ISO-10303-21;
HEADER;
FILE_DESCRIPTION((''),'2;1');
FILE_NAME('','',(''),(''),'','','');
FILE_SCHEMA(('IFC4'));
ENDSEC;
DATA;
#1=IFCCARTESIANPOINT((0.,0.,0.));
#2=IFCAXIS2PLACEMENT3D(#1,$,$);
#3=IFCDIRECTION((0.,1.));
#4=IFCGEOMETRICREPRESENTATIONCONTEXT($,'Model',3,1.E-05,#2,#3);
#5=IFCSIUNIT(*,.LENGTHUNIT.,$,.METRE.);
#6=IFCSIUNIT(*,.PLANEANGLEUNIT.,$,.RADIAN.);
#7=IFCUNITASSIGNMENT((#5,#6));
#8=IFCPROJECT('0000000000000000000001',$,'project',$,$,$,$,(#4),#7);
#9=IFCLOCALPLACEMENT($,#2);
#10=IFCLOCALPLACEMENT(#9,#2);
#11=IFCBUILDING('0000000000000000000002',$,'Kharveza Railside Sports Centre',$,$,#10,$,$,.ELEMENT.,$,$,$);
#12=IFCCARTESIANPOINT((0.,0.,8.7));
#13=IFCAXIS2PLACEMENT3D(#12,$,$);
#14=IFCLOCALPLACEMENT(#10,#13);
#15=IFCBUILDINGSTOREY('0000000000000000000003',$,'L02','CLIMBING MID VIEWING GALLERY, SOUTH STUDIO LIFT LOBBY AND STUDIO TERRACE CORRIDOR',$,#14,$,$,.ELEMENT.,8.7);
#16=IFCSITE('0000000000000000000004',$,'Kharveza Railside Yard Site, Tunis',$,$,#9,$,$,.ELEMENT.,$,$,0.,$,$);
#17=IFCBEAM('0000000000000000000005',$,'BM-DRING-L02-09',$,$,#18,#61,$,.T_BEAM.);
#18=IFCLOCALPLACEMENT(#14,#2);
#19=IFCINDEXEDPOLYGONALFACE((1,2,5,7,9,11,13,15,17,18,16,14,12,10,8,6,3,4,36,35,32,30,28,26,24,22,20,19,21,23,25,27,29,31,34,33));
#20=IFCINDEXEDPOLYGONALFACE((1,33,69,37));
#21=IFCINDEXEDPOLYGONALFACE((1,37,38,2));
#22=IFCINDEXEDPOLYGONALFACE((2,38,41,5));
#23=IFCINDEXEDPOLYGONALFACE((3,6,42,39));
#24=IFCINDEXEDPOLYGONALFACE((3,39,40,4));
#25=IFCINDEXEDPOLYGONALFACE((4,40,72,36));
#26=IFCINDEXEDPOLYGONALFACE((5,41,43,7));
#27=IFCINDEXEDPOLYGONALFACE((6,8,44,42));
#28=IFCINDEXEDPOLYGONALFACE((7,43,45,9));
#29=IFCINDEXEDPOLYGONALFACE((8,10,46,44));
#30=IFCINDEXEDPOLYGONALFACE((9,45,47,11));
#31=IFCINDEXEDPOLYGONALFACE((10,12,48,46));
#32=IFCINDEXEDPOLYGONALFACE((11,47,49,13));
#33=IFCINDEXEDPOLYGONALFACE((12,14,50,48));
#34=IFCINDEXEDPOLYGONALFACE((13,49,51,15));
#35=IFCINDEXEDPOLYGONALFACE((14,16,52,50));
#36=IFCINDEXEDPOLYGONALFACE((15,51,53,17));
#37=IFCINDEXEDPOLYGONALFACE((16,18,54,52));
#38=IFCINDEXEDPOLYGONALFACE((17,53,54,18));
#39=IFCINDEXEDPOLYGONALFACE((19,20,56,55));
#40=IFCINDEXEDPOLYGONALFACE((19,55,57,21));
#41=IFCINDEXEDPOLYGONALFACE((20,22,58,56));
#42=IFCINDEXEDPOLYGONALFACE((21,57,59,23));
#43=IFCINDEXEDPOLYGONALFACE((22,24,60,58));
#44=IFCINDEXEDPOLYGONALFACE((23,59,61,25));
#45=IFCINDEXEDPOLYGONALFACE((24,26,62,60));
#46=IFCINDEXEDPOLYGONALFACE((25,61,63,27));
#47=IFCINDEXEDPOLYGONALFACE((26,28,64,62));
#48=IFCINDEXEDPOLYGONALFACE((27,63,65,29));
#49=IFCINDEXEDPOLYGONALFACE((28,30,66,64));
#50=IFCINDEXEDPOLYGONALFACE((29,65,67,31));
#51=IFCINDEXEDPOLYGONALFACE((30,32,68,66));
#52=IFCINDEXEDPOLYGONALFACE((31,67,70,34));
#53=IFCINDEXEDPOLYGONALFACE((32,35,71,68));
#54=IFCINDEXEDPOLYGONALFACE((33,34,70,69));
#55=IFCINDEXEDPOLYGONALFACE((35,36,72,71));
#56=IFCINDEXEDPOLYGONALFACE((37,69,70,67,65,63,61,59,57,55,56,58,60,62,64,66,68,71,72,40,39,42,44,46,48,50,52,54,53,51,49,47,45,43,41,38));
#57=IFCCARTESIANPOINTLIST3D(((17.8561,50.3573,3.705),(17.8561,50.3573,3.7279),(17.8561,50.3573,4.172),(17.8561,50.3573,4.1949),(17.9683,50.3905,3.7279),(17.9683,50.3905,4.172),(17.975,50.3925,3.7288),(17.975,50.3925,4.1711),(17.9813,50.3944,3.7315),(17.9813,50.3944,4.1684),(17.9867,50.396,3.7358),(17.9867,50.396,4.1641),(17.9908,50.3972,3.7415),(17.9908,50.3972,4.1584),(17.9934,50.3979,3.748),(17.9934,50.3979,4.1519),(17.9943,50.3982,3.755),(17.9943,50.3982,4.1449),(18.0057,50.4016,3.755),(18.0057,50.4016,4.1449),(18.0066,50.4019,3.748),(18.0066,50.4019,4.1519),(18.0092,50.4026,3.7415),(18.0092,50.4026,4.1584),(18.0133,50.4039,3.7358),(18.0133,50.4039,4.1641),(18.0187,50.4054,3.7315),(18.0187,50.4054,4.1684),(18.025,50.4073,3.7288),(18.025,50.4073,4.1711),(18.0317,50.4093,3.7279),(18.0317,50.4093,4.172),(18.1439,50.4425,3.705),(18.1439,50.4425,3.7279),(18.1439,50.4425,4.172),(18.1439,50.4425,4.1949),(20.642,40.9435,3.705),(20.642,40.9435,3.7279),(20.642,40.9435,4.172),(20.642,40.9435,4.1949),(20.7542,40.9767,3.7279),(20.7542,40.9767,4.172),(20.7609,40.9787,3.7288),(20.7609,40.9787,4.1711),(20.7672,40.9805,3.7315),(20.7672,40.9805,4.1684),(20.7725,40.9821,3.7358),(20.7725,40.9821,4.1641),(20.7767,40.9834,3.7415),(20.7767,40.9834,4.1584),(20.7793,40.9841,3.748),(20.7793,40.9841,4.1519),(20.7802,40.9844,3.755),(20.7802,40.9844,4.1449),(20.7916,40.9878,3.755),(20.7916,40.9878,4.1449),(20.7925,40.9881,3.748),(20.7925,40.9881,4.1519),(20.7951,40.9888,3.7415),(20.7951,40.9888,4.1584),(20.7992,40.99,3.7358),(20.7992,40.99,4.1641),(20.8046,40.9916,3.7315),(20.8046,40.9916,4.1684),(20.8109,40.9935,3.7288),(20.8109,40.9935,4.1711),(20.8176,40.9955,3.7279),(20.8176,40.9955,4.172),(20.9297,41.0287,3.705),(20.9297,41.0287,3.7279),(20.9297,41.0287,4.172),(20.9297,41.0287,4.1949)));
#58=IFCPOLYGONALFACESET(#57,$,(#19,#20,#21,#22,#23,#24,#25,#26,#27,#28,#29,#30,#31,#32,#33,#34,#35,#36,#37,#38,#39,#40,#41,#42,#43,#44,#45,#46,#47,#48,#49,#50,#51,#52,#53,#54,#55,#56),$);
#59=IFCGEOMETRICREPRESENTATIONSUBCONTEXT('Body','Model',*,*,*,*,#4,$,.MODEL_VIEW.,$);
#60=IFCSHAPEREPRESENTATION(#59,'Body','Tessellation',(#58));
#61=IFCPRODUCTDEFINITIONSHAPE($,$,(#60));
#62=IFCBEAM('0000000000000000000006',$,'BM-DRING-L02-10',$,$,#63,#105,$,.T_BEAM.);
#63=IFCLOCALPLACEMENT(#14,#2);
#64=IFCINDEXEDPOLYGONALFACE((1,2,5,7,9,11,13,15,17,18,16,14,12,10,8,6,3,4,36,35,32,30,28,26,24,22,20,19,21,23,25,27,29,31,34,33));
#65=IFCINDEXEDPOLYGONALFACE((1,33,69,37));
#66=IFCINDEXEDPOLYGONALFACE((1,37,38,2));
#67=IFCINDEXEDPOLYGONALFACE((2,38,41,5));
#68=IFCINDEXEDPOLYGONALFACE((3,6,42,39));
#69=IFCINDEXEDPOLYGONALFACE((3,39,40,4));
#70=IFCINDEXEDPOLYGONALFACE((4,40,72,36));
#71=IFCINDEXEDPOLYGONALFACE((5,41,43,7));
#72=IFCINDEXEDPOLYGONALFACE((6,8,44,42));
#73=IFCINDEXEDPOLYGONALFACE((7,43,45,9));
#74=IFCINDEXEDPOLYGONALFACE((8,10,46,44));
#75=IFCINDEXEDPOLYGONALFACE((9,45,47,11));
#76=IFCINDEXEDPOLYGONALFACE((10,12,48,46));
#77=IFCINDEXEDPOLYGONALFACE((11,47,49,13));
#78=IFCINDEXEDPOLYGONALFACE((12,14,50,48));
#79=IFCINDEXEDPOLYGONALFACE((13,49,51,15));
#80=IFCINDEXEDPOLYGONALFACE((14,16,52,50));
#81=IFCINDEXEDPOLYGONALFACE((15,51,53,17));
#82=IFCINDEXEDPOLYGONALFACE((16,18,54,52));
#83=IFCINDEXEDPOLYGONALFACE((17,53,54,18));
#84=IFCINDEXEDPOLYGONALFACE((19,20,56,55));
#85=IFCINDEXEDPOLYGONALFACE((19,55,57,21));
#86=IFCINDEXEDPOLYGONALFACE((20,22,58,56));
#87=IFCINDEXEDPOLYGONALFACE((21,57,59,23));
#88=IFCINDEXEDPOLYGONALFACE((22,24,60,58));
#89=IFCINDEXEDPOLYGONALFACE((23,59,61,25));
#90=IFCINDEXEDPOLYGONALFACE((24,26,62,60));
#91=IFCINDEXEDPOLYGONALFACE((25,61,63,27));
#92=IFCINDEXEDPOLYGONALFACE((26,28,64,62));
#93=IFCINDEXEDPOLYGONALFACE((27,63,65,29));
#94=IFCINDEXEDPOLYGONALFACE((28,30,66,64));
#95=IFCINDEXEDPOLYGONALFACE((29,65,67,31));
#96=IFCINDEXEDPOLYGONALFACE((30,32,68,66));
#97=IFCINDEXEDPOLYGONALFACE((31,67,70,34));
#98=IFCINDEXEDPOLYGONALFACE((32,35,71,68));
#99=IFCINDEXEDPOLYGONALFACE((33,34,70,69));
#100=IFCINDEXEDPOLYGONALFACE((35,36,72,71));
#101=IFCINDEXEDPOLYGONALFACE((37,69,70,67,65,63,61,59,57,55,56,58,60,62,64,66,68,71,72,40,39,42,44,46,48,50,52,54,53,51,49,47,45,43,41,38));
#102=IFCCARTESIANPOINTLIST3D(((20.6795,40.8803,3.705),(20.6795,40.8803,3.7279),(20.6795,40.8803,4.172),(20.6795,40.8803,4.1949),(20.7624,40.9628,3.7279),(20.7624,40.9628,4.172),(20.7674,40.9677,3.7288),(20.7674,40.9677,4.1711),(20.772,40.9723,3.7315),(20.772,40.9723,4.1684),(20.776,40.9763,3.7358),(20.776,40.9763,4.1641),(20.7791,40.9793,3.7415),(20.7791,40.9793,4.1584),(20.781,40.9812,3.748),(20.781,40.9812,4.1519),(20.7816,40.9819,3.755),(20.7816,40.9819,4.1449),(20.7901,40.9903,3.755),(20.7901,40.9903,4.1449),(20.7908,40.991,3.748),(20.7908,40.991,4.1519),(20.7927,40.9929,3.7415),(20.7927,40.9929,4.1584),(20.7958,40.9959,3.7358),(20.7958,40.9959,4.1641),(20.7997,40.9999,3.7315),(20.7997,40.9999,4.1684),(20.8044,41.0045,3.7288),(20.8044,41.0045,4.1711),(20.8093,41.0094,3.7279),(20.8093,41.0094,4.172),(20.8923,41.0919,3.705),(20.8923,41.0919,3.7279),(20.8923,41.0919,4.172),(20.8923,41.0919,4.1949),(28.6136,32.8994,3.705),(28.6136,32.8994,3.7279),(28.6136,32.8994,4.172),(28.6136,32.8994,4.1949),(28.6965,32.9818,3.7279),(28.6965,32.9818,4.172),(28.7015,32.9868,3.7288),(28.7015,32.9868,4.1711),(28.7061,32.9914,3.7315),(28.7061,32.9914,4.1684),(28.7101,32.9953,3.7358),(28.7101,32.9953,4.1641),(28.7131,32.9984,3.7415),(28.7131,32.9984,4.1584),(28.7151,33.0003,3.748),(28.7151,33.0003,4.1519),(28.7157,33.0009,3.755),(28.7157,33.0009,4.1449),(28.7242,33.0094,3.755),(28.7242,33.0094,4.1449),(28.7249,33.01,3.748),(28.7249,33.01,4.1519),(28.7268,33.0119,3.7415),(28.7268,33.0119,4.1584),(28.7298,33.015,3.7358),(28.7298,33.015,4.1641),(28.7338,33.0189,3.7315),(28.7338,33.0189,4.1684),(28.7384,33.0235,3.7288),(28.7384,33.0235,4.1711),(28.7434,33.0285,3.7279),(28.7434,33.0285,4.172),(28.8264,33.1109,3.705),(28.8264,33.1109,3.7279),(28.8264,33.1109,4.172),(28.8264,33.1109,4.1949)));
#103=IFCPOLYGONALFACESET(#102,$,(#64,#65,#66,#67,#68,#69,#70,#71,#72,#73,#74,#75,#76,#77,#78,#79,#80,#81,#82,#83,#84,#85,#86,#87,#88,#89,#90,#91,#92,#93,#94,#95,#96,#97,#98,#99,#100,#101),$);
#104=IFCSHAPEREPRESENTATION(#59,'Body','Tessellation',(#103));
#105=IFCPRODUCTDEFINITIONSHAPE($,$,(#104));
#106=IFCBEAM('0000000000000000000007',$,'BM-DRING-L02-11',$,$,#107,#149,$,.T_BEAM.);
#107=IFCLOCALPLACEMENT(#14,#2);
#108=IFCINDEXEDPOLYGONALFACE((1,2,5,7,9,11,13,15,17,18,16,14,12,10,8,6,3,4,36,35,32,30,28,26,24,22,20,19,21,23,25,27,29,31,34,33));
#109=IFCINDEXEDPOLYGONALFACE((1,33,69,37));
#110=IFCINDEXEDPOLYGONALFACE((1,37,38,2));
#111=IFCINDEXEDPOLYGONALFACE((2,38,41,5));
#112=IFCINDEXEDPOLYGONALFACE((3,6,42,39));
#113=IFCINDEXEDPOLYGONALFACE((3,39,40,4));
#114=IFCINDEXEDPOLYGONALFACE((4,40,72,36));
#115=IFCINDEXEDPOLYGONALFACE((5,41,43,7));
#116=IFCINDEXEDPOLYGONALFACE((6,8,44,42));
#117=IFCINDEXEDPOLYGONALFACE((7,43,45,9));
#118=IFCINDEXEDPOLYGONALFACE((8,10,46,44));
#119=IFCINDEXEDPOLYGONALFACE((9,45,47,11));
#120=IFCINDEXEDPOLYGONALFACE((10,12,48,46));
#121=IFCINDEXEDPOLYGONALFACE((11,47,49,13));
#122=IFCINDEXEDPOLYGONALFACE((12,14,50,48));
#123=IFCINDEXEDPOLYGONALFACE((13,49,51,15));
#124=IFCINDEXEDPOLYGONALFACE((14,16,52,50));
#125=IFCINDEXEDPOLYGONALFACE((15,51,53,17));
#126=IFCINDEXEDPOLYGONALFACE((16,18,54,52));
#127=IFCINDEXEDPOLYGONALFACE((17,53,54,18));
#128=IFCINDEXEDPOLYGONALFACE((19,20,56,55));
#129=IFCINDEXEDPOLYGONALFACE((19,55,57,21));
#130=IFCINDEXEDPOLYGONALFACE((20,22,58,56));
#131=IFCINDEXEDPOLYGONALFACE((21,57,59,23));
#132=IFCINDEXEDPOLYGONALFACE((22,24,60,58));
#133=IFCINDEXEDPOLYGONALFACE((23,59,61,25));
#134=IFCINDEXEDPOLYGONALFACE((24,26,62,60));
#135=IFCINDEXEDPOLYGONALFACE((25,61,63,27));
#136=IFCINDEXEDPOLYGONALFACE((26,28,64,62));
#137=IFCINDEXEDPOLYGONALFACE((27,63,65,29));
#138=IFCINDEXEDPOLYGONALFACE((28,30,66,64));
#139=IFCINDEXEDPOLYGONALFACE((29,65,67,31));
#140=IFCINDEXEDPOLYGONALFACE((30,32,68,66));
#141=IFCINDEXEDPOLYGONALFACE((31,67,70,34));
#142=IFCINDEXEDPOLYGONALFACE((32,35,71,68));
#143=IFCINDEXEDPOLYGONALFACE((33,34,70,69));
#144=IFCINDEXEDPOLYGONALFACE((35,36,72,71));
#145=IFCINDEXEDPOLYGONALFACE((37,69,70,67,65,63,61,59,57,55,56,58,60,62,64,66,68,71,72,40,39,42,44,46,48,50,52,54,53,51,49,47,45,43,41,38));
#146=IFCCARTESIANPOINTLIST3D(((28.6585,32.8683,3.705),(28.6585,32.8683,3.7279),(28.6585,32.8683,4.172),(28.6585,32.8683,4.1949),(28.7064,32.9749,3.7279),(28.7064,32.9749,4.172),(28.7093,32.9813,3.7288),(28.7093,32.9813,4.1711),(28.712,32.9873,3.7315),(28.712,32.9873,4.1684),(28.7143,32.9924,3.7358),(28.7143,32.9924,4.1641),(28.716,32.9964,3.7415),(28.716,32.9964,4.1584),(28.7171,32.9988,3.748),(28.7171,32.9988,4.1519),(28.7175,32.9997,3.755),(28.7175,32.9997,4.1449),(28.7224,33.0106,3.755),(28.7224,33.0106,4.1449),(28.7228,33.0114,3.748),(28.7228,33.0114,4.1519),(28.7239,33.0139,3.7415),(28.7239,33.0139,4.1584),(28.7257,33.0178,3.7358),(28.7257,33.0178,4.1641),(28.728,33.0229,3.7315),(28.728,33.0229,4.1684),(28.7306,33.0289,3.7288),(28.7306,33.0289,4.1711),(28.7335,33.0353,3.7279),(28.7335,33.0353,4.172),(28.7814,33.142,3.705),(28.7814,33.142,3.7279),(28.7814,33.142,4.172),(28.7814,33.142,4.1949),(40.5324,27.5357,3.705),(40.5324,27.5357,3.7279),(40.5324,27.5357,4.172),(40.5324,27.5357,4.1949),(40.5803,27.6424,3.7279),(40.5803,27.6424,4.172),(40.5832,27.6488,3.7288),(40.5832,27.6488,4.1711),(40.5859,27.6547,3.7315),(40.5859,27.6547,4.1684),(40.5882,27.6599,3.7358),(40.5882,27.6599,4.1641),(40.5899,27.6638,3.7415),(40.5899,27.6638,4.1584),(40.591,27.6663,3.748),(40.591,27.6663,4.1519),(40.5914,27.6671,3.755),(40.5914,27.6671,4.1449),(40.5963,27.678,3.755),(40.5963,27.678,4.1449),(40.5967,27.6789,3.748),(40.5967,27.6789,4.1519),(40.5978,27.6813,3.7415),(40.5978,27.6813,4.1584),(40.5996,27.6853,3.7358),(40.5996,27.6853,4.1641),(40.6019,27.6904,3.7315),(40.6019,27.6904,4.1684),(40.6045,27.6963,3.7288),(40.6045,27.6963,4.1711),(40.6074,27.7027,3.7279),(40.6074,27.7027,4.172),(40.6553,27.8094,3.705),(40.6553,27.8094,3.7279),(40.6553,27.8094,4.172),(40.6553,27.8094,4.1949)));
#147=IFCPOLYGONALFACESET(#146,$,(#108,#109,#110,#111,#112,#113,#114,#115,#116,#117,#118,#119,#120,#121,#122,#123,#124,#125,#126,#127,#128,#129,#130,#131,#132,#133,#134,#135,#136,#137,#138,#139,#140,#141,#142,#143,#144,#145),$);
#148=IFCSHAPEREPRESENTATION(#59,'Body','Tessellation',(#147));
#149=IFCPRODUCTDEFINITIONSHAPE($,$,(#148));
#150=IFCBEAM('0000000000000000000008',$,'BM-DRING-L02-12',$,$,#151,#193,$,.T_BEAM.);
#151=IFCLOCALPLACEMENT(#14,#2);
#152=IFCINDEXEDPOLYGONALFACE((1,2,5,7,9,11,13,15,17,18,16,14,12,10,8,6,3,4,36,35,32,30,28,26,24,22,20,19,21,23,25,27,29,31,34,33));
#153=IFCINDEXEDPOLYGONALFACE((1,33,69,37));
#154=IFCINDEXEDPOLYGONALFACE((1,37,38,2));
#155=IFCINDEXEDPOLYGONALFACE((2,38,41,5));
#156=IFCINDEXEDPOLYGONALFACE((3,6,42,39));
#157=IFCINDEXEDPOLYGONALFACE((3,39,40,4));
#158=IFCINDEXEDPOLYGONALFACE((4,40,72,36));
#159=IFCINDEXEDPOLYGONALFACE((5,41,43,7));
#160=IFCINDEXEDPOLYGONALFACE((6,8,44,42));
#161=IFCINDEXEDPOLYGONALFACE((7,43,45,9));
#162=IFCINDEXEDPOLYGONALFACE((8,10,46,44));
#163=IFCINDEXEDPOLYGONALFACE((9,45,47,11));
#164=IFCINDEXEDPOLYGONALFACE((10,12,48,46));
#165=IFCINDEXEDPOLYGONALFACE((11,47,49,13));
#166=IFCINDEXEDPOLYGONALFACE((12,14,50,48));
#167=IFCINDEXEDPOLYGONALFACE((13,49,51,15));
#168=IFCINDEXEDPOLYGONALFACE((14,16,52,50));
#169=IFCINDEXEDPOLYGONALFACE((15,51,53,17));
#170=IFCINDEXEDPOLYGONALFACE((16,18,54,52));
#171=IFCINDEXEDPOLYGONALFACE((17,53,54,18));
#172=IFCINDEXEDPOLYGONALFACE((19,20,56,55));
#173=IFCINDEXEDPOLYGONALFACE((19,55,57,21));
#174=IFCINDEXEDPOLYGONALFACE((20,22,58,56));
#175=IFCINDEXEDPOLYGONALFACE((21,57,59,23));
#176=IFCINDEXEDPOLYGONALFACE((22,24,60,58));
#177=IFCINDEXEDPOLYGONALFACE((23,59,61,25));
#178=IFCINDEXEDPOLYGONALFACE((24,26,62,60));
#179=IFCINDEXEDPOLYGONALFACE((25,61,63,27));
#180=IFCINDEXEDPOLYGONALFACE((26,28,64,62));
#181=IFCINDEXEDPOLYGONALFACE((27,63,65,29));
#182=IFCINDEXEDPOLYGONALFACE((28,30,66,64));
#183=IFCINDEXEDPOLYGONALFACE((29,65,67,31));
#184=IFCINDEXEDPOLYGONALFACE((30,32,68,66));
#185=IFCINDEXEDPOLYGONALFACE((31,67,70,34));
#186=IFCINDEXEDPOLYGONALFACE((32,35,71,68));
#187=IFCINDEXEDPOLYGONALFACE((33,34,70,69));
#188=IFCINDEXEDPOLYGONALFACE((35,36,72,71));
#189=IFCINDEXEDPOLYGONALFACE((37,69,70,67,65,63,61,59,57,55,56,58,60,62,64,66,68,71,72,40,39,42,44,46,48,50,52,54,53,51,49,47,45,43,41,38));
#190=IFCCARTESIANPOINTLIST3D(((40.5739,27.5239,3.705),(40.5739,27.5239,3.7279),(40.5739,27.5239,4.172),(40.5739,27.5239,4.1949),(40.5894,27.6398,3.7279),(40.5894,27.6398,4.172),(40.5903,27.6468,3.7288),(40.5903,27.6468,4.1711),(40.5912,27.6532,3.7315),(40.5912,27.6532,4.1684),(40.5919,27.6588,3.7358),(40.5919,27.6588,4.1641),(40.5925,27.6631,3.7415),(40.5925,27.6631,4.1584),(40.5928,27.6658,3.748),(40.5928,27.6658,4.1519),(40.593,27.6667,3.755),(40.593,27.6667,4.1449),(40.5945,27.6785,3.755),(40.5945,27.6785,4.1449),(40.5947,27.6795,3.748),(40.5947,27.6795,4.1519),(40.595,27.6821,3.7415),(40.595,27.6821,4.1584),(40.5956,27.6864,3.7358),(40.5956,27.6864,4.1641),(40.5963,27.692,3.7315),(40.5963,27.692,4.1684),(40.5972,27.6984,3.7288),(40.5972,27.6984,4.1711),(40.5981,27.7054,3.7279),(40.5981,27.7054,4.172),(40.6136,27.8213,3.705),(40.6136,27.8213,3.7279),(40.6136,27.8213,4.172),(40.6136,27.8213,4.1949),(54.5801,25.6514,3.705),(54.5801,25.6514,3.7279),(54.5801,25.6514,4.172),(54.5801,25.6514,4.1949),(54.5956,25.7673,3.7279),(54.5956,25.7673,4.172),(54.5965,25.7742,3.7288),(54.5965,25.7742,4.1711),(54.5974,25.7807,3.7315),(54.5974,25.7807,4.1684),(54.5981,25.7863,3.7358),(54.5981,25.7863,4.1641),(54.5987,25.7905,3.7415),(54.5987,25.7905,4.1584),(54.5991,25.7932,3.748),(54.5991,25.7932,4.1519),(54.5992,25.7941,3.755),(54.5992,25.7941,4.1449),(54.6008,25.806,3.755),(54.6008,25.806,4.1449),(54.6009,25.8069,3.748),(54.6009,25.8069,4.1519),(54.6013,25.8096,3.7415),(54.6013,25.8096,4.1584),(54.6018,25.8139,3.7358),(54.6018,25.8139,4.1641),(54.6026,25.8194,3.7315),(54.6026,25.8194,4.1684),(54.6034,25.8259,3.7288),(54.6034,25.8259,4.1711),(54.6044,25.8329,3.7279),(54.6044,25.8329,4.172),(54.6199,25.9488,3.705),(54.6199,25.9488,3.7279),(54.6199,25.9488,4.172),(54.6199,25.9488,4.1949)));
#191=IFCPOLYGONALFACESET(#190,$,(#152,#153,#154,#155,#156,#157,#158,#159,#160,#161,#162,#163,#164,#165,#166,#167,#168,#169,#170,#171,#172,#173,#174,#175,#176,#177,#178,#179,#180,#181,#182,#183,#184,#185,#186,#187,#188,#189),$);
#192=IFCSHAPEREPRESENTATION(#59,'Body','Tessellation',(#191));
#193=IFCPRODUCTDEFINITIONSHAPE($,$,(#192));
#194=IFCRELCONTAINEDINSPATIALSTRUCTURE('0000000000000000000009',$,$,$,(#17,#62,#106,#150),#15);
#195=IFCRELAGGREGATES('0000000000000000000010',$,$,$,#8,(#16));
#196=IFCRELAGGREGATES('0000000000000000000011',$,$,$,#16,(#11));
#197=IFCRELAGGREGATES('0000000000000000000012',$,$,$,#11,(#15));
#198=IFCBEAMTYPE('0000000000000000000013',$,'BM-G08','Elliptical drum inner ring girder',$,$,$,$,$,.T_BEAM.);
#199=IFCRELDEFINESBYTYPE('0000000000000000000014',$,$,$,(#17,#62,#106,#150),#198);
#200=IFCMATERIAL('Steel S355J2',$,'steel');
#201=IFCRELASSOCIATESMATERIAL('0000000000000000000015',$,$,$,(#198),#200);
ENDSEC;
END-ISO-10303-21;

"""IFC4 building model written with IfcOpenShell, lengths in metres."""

from ifc_helpers import new_model, si_unit, direction, frame, origin, origin_2d, place, context, subcontext, project, spatial, i_section, extrude, material, material_profile, profile_set, type_object, element, save


model = new_model("IFC4")

# Units and contexts
model_context = context("Model", 3, precision=1e-05, world=origin(), true_north=direction((0.0, 1.0)))
body_context = subcontext(model_context, "Body", "Model", "MODEL_VIEW")
ifc_project = project(units=[si_unit("LENGTHUNIT", "METRE"), si_unit("PLANEANGLEUNIT", "RADIAN")], contexts=[model_context])

# Site, building, storey
site_placement = place(None, origin())
site = spatial("IfcSite", under=ifc_project, at=site_placement, Name="Kharveza Railside Yard Site, Tunis", CompositionType="ELEMENT", RefElevation=0.0)
building_placement = place(site_placement, origin())
building = spatial("IfcBuilding", under=site, at=building_placement, Name="Kharveza Railside Sports Centre", CompositionType="ELEMENT")
storey_placement = place(building_placement, frame((0.0, 0.0, 8.7)))
storey = spatial("IfcBuildingStorey", under=building, at=storey_placement, Name="L02", Description="CLIMBING MID VIEWING GALLERY, SOUTH STUDIO LIFT LOBBY AND STUDIO TERRACE CORRIDOR", CompositionType="ELEMENT", Elevation=8.7)

# Shared definitions
ifc_material_1 = material(Name="Steel S355J2", Category="steel")

# Beams
ifc_material_profile_1 = material_profile(ifc_material_1, i_section(OverallWidth=0.3, OverallDepth=0.49, WebThickness=0.012, FlangeThickness=0.0229, FilletRadius=0.0271, at=origin_2d()), Name="HEA 500")
ifc_profile_set_1 = profile_set([ifc_material_profile_1], Name="Steel S355J2")
beam_type_1 = type_object("IfcBeamType", Name="BM-G08", Description="Elliptical drum inner ring girder", PredefinedType="T_BEAM", material=ifc_profile_set_1)
beam_1_placement = place(storey_placement, frame((18.0, 50.3999, 3.95), z_axis=(0.283771, -0.958892, 0.0), x_axis=(0.958892, 0.283771, 0.0)))
element("IfcBeam", 1, at=beam_1_placement, inside=storey, type_object=beam_type_1, Name="BM-DRING-L02-09", PredefinedType="T_BEAM", context=body_context, shape_type="SweptSolid", body=[
    extrude(i_section(OverallWidth=0.3, OverallDepth=0.49, WebThickness=0.012, FlangeThickness=0.0229, FilletRadius=0.0271, at=origin_2d()), origin(), (0.0, 0.0, 1.0), 9.8174),
])
beam_2_placement = place(storey_placement, frame((20.7859, 40.9861, 3.95), z_axis=(0.705021, -0.709186, 0.0), x_axis=(0.709186, 0.705021, 0.0)))
element("IfcBeam", 2, at=beam_2_placement, inside=storey, type_object=beam_type_1, Name="BM-DRING-L02-10", PredefinedType="T_BEAM", context=body_context, shape_type="SweptSolid", body=[
    extrude(i_section(OverallWidth=0.3, OverallDepth=0.49, WebThickness=0.012, FlangeThickness=0.0229, FilletRadius=0.0271, at=origin_2d()), origin(), (0.0, 0.0, 1.0), 11.2537),
])
beam_3_placement = place(storey_placement, frame((28.72, 33.0051, 3.95), z_axis=(0.912228, -0.409682, 0.0), x_axis=(0.409682, 0.912228, 0.0)))
element("IfcBeam", 3, at=beam_3_placement, inside=storey, type_object=beam_type_1, Name="BM-DRING-L02-11", PredefinedType="T_BEAM", context=body_context, shape_type="SweptSolid", body=[
    extrude(i_section(OverallWidth=0.3, OverallDepth=0.49, WebThickness=0.012, FlangeThickness=0.0229, FilletRadius=0.0271, at=origin_2d()), origin(), (0.0, 0.0, 1.0), 13.0164),
])
beam_4_placement = place(storey_placement, frame((40.5938, 27.6726, 3.95), z_axis=(0.991181, -0.132515, 0.0), x_axis=(0.132515, 0.991181, 0.0)))
element("IfcBeam", 4, at=beam_4_placement, inside=storey, type_object=beam_type_1, Name="BM-DRING-L02-12", PredefinedType="T_BEAM", context=body_context, shape_type="SweptSolid", body=[
    extrude(i_section(OverallWidth=0.3, OverallDepth=0.49, WebThickness=0.012, FlangeThickness=0.0229, FilletRadius=0.0271, at=origin_2d()), origin(), (0.0, 0.0, 1.0), 14.1309),
])

save(model, "model.ifc")
